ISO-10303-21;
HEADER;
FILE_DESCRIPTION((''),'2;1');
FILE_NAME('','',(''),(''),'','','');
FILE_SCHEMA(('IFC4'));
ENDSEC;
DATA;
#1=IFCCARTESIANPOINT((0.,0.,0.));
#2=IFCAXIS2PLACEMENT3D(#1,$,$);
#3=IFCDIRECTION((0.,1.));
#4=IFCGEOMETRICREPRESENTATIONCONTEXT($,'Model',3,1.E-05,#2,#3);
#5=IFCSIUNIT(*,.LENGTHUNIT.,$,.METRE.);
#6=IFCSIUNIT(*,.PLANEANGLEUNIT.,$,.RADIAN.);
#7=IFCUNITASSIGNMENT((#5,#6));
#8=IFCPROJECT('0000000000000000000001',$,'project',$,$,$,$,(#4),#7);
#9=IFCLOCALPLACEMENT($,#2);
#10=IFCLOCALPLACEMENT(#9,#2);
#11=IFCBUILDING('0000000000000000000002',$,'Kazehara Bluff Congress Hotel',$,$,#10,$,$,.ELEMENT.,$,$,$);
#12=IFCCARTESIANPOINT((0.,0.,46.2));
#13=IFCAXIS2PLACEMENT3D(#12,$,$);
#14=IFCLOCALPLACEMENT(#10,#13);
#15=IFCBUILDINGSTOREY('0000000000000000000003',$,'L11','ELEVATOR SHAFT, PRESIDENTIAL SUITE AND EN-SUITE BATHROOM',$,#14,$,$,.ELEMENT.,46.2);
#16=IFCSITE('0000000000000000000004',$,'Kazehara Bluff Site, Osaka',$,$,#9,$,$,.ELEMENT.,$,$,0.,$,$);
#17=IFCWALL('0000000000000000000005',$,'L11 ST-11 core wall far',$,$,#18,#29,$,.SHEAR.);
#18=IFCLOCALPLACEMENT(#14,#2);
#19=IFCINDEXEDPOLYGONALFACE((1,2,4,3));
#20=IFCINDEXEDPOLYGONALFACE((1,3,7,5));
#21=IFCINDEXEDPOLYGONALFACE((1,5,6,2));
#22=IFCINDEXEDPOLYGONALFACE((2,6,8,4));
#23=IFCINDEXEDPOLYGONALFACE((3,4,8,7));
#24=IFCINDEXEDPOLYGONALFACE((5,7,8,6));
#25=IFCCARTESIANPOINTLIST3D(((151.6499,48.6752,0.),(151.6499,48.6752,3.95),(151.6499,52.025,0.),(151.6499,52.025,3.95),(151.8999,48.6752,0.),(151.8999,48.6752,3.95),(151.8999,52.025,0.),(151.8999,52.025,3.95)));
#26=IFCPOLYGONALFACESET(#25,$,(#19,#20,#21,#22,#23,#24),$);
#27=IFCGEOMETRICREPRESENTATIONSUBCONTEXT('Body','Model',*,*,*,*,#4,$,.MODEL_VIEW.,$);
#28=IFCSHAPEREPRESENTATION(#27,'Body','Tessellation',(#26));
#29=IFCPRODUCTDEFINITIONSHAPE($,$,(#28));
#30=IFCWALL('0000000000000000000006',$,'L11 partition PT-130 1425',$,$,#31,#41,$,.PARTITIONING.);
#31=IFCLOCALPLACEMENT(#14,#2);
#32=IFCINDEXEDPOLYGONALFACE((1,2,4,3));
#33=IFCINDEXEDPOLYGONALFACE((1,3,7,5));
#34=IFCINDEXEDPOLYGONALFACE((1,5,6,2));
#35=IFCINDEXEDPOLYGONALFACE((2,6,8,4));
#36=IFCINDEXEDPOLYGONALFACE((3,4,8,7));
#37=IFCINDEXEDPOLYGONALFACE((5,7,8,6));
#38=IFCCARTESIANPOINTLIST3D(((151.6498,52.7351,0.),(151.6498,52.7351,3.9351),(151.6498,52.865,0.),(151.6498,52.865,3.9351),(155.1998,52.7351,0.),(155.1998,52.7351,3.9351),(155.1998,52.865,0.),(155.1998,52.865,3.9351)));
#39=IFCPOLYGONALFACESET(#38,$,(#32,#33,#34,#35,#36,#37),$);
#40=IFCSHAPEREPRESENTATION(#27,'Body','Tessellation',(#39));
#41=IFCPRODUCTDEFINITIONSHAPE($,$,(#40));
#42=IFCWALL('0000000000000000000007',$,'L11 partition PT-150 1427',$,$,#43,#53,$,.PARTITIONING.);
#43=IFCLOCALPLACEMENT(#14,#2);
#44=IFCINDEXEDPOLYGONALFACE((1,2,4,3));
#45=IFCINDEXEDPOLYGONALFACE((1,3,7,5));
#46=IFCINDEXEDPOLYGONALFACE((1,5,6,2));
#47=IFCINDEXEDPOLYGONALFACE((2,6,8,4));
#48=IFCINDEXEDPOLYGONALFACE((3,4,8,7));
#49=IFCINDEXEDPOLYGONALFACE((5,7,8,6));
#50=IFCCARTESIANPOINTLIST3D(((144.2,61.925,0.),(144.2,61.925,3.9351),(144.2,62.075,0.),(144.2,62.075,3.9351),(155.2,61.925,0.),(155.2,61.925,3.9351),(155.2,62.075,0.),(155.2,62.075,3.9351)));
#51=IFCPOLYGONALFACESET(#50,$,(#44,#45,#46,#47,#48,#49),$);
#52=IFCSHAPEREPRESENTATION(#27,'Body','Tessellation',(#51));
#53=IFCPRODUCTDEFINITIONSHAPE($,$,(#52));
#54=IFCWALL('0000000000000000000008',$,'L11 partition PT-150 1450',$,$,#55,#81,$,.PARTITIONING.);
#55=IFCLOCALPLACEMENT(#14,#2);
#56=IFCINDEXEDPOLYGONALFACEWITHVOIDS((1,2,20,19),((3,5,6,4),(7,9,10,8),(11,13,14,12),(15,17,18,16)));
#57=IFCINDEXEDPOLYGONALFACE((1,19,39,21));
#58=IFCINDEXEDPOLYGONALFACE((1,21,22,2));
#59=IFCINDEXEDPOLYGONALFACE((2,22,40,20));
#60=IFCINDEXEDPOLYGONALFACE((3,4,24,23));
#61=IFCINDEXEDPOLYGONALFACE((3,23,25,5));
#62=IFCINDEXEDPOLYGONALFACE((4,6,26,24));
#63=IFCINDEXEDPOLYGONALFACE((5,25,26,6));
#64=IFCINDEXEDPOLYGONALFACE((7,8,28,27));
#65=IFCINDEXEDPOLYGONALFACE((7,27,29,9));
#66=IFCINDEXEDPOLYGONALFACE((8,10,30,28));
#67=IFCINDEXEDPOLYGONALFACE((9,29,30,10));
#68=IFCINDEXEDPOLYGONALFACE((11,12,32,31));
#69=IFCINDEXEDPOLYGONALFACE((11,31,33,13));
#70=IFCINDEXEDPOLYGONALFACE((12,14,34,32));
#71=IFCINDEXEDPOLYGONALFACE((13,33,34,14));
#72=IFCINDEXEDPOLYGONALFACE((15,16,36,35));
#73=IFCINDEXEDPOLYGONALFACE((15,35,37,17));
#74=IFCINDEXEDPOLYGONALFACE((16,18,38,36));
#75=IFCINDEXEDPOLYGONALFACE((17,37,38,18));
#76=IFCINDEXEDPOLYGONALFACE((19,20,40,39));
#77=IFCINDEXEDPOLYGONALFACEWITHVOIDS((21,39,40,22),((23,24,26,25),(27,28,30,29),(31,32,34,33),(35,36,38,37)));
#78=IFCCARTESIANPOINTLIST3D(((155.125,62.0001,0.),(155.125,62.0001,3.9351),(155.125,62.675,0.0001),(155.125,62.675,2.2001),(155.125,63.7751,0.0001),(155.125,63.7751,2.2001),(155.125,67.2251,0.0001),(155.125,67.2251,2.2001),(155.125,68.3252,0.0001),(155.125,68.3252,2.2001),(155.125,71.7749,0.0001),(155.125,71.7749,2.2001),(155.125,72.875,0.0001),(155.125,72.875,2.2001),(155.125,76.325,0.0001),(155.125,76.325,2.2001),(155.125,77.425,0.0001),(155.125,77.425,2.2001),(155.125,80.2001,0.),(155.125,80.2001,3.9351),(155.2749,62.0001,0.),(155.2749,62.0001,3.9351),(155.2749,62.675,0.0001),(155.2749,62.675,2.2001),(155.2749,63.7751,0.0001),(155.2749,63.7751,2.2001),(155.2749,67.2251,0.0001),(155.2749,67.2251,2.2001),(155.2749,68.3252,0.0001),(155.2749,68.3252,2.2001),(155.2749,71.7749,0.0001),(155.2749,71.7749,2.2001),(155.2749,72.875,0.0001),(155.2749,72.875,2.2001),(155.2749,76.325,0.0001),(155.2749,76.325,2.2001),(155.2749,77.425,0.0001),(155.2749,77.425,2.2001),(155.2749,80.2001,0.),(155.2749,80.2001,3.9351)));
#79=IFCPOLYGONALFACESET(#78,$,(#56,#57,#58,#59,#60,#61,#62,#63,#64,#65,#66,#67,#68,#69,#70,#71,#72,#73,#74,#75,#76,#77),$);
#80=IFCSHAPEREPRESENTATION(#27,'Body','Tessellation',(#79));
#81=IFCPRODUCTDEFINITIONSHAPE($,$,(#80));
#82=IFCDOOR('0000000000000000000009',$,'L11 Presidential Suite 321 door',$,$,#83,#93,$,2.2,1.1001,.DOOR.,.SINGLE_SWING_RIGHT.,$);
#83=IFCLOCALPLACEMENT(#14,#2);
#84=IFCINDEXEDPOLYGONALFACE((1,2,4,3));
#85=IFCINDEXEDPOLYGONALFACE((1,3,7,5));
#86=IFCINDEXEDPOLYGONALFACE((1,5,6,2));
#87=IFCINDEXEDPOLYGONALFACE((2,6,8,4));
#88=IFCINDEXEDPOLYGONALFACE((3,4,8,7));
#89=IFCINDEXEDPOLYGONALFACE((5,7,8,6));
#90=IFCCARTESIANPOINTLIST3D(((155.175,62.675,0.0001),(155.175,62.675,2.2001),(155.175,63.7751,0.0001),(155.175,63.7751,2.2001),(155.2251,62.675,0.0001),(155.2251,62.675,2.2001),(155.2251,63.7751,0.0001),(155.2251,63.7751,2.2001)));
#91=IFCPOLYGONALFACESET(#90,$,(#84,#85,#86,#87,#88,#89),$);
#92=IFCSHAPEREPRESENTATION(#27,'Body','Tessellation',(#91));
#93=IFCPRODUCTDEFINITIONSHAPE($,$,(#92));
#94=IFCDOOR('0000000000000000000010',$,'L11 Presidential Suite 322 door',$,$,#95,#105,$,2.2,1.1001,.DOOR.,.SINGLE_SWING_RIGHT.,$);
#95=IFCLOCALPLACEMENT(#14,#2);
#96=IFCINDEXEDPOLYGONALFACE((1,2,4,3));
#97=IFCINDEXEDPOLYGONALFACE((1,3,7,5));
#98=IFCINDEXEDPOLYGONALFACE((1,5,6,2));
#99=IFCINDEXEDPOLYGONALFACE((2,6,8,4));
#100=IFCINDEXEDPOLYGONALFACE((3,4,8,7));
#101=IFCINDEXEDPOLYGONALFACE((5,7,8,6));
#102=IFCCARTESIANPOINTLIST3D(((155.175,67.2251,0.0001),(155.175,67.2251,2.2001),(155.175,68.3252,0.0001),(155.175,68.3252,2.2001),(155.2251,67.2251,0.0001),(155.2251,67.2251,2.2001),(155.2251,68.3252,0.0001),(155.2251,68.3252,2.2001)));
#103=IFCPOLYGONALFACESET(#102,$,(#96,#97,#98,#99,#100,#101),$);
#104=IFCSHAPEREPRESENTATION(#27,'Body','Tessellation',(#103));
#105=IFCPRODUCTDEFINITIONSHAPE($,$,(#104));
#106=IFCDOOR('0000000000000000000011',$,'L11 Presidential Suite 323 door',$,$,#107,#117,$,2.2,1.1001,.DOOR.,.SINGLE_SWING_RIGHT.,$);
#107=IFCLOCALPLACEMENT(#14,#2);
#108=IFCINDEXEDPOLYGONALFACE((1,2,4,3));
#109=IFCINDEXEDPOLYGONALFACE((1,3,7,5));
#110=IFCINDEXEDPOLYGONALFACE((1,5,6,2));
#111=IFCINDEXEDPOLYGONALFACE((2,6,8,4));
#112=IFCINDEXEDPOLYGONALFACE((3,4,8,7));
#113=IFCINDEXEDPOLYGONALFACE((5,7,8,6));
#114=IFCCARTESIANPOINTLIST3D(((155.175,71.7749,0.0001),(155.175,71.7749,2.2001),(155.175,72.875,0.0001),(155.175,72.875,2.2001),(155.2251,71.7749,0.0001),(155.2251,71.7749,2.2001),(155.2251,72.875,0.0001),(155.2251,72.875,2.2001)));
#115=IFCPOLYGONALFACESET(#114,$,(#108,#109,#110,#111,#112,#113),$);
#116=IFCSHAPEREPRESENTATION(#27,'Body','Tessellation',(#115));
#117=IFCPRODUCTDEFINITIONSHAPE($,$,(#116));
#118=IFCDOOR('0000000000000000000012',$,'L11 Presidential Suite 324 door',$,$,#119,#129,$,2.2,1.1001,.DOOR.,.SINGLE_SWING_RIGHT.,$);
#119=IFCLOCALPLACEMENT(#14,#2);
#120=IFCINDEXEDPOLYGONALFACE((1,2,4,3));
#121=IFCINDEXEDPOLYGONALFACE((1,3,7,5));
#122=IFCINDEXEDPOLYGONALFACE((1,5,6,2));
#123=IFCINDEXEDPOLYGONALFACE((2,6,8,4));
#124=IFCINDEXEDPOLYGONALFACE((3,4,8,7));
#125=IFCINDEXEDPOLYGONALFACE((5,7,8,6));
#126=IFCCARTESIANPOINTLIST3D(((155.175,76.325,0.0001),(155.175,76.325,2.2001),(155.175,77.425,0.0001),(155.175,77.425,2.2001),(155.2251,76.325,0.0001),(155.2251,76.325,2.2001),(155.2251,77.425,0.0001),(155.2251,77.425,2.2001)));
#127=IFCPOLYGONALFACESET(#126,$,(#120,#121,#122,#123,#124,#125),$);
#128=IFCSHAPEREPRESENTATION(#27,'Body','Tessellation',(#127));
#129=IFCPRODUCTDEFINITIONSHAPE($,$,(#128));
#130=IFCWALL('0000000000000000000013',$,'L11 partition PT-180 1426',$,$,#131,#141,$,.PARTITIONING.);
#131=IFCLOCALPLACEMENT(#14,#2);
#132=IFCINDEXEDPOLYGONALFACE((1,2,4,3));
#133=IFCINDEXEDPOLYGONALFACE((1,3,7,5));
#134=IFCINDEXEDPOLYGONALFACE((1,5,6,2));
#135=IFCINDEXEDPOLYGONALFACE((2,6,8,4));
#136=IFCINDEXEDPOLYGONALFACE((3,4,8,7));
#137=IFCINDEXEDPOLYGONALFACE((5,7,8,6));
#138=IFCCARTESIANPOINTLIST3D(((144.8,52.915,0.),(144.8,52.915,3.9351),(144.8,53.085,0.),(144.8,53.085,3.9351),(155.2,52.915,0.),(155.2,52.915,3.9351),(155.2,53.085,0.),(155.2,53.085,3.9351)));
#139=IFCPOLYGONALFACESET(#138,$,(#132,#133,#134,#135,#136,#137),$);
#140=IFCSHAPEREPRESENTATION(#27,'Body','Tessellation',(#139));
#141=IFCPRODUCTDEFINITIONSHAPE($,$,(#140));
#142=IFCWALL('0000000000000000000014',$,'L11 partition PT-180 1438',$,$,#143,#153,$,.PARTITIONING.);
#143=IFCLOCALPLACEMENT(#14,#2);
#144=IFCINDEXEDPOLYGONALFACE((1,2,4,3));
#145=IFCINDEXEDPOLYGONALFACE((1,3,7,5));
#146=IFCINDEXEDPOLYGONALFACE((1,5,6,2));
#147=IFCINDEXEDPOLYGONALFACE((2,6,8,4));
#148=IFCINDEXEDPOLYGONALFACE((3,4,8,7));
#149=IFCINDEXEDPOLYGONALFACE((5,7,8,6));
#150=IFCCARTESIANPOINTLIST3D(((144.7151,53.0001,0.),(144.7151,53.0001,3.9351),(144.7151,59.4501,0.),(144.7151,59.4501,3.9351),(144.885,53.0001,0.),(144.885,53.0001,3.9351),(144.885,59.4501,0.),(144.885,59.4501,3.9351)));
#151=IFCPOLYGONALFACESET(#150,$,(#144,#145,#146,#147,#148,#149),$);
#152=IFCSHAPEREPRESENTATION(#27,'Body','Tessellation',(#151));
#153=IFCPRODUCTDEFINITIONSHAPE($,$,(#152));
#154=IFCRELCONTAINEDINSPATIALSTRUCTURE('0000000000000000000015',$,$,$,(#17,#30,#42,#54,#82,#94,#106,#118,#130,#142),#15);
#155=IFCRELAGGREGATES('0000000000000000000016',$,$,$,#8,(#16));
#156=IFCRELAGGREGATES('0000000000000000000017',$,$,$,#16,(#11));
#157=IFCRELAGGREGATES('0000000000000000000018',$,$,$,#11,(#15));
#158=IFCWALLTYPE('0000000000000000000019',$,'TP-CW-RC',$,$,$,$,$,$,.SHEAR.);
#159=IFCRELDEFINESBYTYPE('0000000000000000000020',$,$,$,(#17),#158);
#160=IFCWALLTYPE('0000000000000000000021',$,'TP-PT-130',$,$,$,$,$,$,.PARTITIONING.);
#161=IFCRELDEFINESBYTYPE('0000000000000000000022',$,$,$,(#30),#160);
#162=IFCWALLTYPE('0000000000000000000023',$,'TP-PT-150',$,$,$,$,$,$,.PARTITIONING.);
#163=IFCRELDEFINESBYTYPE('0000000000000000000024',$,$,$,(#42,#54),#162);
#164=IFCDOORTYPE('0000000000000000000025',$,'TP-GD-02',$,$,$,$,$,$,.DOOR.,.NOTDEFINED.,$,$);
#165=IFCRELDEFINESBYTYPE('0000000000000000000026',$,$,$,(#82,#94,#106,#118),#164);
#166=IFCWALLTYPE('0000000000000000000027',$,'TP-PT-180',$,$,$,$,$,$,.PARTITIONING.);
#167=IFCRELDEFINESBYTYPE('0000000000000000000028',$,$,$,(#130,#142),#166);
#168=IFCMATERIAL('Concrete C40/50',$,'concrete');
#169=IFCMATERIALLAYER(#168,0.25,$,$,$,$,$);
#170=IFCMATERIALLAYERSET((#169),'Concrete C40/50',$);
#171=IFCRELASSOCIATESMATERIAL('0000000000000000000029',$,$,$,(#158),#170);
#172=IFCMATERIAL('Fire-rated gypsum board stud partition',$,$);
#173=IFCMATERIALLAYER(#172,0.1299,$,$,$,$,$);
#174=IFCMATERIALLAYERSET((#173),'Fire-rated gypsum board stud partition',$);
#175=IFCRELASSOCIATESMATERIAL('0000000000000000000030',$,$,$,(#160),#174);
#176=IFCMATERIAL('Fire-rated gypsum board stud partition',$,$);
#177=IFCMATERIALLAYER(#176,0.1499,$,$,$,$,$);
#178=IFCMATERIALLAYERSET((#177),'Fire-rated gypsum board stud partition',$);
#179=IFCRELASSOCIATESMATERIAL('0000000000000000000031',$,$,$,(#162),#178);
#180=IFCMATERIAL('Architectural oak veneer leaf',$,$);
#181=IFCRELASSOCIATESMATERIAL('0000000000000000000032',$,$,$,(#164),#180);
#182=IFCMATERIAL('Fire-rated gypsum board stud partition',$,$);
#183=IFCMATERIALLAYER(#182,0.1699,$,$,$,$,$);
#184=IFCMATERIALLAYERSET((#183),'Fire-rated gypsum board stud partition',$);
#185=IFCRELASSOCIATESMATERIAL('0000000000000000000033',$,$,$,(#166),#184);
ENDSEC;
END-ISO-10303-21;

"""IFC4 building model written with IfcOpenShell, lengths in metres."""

from ifc_helpers import new_model, si_unit, direction, frame, frame_2d, origin, place, context, subcontext, project, spatial, rectangle, extrude, material, layer, layer_set, type_object, element, fill, save


model = new_model("IFC4")

# Units and contexts
model_context = context("Model", 3, precision=1e-05, world=origin(), true_north=direction((0.0, 1.0)))
body_context = subcontext(model_context, "Body", "Model", "MODEL_VIEW")
ifc_project = project(units=[si_unit("LENGTHUNIT", "METRE"), si_unit("PLANEANGLEUNIT", "RADIAN")], contexts=[model_context])

# Site, building, storey
site_placement = place(None, origin())
site = spatial("IfcSite", under=ifc_project, at=site_placement, Name="Kazehara Bluff Site, Osaka", CompositionType="ELEMENT", RefElevation=0.0)
building_placement = place(site_placement, origin())
building = spatial("IfcBuilding", under=site, at=building_placement, Name="Kazehara Bluff Congress Hotel", CompositionType="ELEMENT")
storey_placement = place(building_placement, frame((0.0, 0.0, 46.2)))
storey = spatial("IfcBuildingStorey", under=building, at=storey_placement, Name="L11", Description="ELEVATOR SHAFT, PRESIDENTIAL SUITE AND EN-SUITE BATHROOM", CompositionType="ELEMENT", Elevation=46.2)

# Walls
ifc_material_1 = material(Name="Concrete C40/50", Category="concrete")
ifc_layer_1 = layer(ifc_material_1, 0.25)
ifc_layer_set_1 = layer_set([ifc_layer_1], Name="Concrete C40/50")
wall_type_1 = type_object("IfcWallType", Name="TP-CW-RC", PredefinedType="SHEAR", material=ifc_layer_set_1)
wall_1_placement = place(storey_placement, frame((151.7749, 52.0249, 0.0), z_axis=(0.0, 0.0, 1.0), x_axis=(0.0, -1.0, 0.0)))
element("IfcWall", 1, at=wall_1_placement, inside=storey, type_object=wall_type_1, Name="L11 ST-11 core wall far", PredefinedType="SHEAR", context=body_context, shape_type="SweptSolid", body=[
    extrude(rectangle(XDim=3.3499, YDim=0.25, at=frame_2d((1.6748, 0.0))), origin(), (0.0, 0.0, 1.0), 3.95),
])
ifc_material_2 = material(Name="Fire-rated gypsum board stud partition")
ifc_layer_2 = layer(ifc_material_2, 0.1299)
ifc_layer_set_2 = layer_set([ifc_layer_2], Name="Fire-rated gypsum board stud partition")
wall_type_2 = type_object("IfcWallType", Name="TP-PT-130", PredefinedType="PARTITIONING", material=ifc_layer_set_2)
wall_2_placement = place(storey_placement, frame((151.6499, 52.8, 0.0), z_axis=(0.0, 0.0, 1.0), x_axis=(1.0, 0.0, 0.0)))
element("IfcWall", 2, at=wall_2_placement, inside=storey, type_object=wall_type_2, Name="L11 partition PT-130 1425", PredefinedType="PARTITIONING", context=body_context, shape_type="SweptSolid", body=[
    extrude(rectangle(XDim=3.55, YDim=0.1299, at=frame_2d((1.7749, 0.0))), origin(), (0.0, 0.0, 1.0), 3.9351),
])
ifc_material_3 = material(Name="Fire-rated gypsum board stud partition")
ifc_layer_3 = layer(ifc_material_3, 0.1499)
ifc_layer_set_3 = layer_set([ifc_layer_3], Name="Fire-rated gypsum board stud partition")
wall_type_3 = type_object("IfcWallType", Name="TP-PT-150", PredefinedType="PARTITIONING", material=ifc_layer_set_3)
wall_3_placement = place(storey_placement, frame((144.2, 62.0, 0.0), z_axis=(0.0, 0.0, 1.0), x_axis=(1.0, 0.0, 0.0)))
element("IfcWall", 3, at=wall_3_placement, inside=storey, type_object=wall_type_3, Name="L11 partition PT-150 1427", PredefinedType="PARTITIONING", context=body_context, shape_type="SweptSolid", body=[
    extrude(rectangle(XDim=11.0, YDim=0.1499, at=frame_2d((5.5, 0.0))), origin(), (0.0, 0.0, 1.0), 3.9351),
])

# Wall, openings, doors
wall_4_placement = place(storey_placement, frame((155.2, 62.0, 0.0), z_axis=(0.0, 0.0, 1.0), x_axis=(0.0, 1.0, 0.0)))
wall_4 = element("IfcWall", 4, at=wall_4_placement, inside=storey, type_object=wall_type_3, Name="L11 partition PT-150 1450", PredefinedType="PARTITIONING", context=body_context, shape_type="SweptSolid", body=[
    extrude(rectangle(XDim=18.2, YDim=0.1499, at=frame_2d((9.1001, 0.0))), origin(), (0.0, 0.0, 1.0), 3.9351),
])
opening_1_placement = place(wall_4_placement, frame((0.675, 0.0, 0.0)))
opening_1 = element("IfcOpeningElement", 5, at=opening_1_placement, cuts=wall_4, PredefinedType="OPENING", context=body_context, shape_type="SweptSolid", body=[
    extrude(rectangle(XDim=1.1001, YDim=2.2, at=frame_2d((0.55, 1.1001))), frame((0.0, 0.085, 0.0), z_axis=(0.0, -1.0, 0.0), x_axis=(1.0, 0.0, 0.0)), (0.0, 0.0, 1.0), 0.1699),
])
opening_2_placement = place(wall_4_placement, frame((5.2251, 0.0, 0.0)))
opening_2 = element("IfcOpeningElement", 6, at=opening_2_placement, cuts=wall_4, PredefinedType="OPENING", context=body_context, shape_type="SweptSolid", body=[
    extrude(rectangle(XDim=1.1001, YDim=2.2, at=frame_2d((0.55, 1.1001))), frame((0.0, 0.085, 0.0), z_axis=(0.0, -1.0, 0.0), x_axis=(1.0, 0.0, 0.0)), (0.0, 0.0, 1.0), 0.1699),
])
opening_3_placement = place(wall_4_placement, frame((9.7749, 0.0, 0.0)))
opening_3 = element("IfcOpeningElement", 7, at=opening_3_placement, cuts=wall_4, PredefinedType="OPENING", context=body_context, shape_type="SweptSolid", body=[
    extrude(rectangle(XDim=1.1001, YDim=2.2, at=frame_2d((0.55, 1.1001))), frame((0.0, 0.085, 0.0), z_axis=(0.0, -1.0, 0.0), x_axis=(1.0, 0.0, 0.0)), (0.0, 0.0, 1.0), 0.1699),
])
opening_4_placement = place(wall_4_placement, frame((14.325, 0.0, 0.0)))
opening_4 = element("IfcOpeningElement", 8, at=opening_4_placement, cuts=wall_4, PredefinedType="OPENING", context=body_context, shape_type="SweptSolid", body=[
    extrude(rectangle(XDim=1.1001, YDim=2.2, at=frame_2d((0.55, 1.1001))), frame((0.0, 0.085, 0.0), z_axis=(0.0, -1.0, 0.0), x_axis=(1.0, 0.0, 0.0)), (0.0, 0.0, 1.0), 0.1699),
])
ifc_material_4 = material(Name="Architectural oak veneer leaf")
door_type_1 = type_object("IfcDoorType", Name="TP-GD-02", OperationType="NOTDEFINED", PredefinedType="DOOR", material=ifc_material_4)
door_1_placement = place(opening_1_placement, origin())
door_1 = element("IfcDoor", 9, at=door_1_placement, inside=storey, type_object=door_type_1, Name="L11 Presidential Suite 321 door", OperationType="SINGLE_SWING_RIGHT", OverallHeight=2.2, OverallWidth=1.1001, PredefinedType="DOOR", context=body_context, shape_type="SweptSolid", body=[
    extrude(rectangle(XDim=1.1001, YDim=2.2, at=frame_2d((0.55, 1.1001))), frame((0.0, 0.0249, 0.0), z_axis=(0.0, -1.0, 0.0), x_axis=(1.0, 0.0, 0.0)), (0.0, 0.0, 1.0), 0.05),
])
fill(opening_1, door_1)
door_2_placement = place(opening_2_placement, origin())
door_2 = element("IfcDoor", 10, at=door_2_placement, inside=storey, type_object=door_type_1, Name="L11 Presidential Suite 322 door", OperationType="SINGLE_SWING_RIGHT", OverallHeight=2.2, OverallWidth=1.1001, PredefinedType="DOOR", context=body_context, shape_type="SweptSolid", body=[
    extrude(rectangle(XDim=1.1001, YDim=2.2, at=frame_2d((0.55, 1.1001))), frame((0.0, 0.0249, 0.0), z_axis=(0.0, -1.0, 0.0), x_axis=(1.0, 0.0, 0.0)), (0.0, 0.0, 1.0), 0.05),
])
fill(opening_2, door_2)
door_3_placement = place(opening_3_placement, origin())
door_3 = element("IfcDoor", 11, at=door_3_placement, inside=storey, type_object=door_type_1, Name="L11 Presidential Suite 323 door", OperationType="SINGLE_SWING_RIGHT", OverallHeight=2.2, OverallWidth=1.1001, PredefinedType="DOOR", context=body_context, shape_type="SweptSolid", body=[
    extrude(rectangle(XDim=1.1001, YDim=2.2, at=frame_2d((0.55, 1.1001))), frame((0.0, 0.0249, 0.0), z_axis=(0.0, -1.0, 0.0), x_axis=(1.0, 0.0, 0.0)), (0.0, 0.0, 1.0), 0.05),
])
fill(opening_3, door_3)
door_4_placement = place(opening_4_placement, origin())
door_4 = element("IfcDoor", 12, at=door_4_placement, inside=storey, type_object=door_type_1, Name="L11 Presidential Suite 324 door", OperationType="SINGLE_SWING_RIGHT", OverallHeight=2.2, OverallWidth=1.1001, PredefinedType="DOOR", context=body_context, shape_type="SweptSolid", body=[
    extrude(rectangle(XDim=1.1001, YDim=2.2, at=frame_2d((0.55, 1.1001))), frame((0.0, 0.0249, 0.0), z_axis=(0.0, -1.0, 0.0), x_axis=(1.0, 0.0, 0.0)), (0.0, 0.0, 1.0), 0.05),
])
fill(opening_4, door_4)

# Walls
ifc_material_5 = material(Name="Fire-rated gypsum board stud partition")
ifc_layer_4 = layer(ifc_material_5, 0.1699)
ifc_layer_set_4 = layer_set([ifc_layer_4], Name="Fire-rated gypsum board stud partition")
wall_type_4 = type_object("IfcWallType", Name="TP-PT-180", PredefinedType="PARTITIONING", material=ifc_layer_set_4)
wall_5_placement = place(storey_placement, frame((144.8, 53.0, 0.0), z_axis=(0.0, 0.0, 1.0), x_axis=(1.0, 0.0, 0.0)))
element("IfcWall", 13, at=wall_5_placement, inside=storey, type_object=wall_type_4, Name="L11 partition PT-180 1426", PredefinedType="PARTITIONING", context=body_context, shape_type="SweptSolid", body=[
    extrude(rectangle(XDim=10.3999, YDim=0.1699, at=frame_2d((5.2, 0.0))), origin(), (0.0, 0.0, 1.0), 3.9351),
])
wall_6_placement = place(storey_placement, frame((144.8, 53.0, 0.0), z_axis=(0.0, 0.0, 1.0), x_axis=(0.0, 1.0, 0.0)))
element("IfcWall", 14, at=wall_6_placement, inside=storey, type_object=wall_type_4, Name="L11 partition PT-180 1438", PredefinedType="PARTITIONING", context=body_context, shape_type="SweptSolid", body=[
    extrude(rectangle(XDim=6.45, YDim=0.1699, at=frame_2d((3.2251, 0.0))), origin(), (0.0, 0.0, 1.0), 3.9351),
])

save(model, "model.ifc")
